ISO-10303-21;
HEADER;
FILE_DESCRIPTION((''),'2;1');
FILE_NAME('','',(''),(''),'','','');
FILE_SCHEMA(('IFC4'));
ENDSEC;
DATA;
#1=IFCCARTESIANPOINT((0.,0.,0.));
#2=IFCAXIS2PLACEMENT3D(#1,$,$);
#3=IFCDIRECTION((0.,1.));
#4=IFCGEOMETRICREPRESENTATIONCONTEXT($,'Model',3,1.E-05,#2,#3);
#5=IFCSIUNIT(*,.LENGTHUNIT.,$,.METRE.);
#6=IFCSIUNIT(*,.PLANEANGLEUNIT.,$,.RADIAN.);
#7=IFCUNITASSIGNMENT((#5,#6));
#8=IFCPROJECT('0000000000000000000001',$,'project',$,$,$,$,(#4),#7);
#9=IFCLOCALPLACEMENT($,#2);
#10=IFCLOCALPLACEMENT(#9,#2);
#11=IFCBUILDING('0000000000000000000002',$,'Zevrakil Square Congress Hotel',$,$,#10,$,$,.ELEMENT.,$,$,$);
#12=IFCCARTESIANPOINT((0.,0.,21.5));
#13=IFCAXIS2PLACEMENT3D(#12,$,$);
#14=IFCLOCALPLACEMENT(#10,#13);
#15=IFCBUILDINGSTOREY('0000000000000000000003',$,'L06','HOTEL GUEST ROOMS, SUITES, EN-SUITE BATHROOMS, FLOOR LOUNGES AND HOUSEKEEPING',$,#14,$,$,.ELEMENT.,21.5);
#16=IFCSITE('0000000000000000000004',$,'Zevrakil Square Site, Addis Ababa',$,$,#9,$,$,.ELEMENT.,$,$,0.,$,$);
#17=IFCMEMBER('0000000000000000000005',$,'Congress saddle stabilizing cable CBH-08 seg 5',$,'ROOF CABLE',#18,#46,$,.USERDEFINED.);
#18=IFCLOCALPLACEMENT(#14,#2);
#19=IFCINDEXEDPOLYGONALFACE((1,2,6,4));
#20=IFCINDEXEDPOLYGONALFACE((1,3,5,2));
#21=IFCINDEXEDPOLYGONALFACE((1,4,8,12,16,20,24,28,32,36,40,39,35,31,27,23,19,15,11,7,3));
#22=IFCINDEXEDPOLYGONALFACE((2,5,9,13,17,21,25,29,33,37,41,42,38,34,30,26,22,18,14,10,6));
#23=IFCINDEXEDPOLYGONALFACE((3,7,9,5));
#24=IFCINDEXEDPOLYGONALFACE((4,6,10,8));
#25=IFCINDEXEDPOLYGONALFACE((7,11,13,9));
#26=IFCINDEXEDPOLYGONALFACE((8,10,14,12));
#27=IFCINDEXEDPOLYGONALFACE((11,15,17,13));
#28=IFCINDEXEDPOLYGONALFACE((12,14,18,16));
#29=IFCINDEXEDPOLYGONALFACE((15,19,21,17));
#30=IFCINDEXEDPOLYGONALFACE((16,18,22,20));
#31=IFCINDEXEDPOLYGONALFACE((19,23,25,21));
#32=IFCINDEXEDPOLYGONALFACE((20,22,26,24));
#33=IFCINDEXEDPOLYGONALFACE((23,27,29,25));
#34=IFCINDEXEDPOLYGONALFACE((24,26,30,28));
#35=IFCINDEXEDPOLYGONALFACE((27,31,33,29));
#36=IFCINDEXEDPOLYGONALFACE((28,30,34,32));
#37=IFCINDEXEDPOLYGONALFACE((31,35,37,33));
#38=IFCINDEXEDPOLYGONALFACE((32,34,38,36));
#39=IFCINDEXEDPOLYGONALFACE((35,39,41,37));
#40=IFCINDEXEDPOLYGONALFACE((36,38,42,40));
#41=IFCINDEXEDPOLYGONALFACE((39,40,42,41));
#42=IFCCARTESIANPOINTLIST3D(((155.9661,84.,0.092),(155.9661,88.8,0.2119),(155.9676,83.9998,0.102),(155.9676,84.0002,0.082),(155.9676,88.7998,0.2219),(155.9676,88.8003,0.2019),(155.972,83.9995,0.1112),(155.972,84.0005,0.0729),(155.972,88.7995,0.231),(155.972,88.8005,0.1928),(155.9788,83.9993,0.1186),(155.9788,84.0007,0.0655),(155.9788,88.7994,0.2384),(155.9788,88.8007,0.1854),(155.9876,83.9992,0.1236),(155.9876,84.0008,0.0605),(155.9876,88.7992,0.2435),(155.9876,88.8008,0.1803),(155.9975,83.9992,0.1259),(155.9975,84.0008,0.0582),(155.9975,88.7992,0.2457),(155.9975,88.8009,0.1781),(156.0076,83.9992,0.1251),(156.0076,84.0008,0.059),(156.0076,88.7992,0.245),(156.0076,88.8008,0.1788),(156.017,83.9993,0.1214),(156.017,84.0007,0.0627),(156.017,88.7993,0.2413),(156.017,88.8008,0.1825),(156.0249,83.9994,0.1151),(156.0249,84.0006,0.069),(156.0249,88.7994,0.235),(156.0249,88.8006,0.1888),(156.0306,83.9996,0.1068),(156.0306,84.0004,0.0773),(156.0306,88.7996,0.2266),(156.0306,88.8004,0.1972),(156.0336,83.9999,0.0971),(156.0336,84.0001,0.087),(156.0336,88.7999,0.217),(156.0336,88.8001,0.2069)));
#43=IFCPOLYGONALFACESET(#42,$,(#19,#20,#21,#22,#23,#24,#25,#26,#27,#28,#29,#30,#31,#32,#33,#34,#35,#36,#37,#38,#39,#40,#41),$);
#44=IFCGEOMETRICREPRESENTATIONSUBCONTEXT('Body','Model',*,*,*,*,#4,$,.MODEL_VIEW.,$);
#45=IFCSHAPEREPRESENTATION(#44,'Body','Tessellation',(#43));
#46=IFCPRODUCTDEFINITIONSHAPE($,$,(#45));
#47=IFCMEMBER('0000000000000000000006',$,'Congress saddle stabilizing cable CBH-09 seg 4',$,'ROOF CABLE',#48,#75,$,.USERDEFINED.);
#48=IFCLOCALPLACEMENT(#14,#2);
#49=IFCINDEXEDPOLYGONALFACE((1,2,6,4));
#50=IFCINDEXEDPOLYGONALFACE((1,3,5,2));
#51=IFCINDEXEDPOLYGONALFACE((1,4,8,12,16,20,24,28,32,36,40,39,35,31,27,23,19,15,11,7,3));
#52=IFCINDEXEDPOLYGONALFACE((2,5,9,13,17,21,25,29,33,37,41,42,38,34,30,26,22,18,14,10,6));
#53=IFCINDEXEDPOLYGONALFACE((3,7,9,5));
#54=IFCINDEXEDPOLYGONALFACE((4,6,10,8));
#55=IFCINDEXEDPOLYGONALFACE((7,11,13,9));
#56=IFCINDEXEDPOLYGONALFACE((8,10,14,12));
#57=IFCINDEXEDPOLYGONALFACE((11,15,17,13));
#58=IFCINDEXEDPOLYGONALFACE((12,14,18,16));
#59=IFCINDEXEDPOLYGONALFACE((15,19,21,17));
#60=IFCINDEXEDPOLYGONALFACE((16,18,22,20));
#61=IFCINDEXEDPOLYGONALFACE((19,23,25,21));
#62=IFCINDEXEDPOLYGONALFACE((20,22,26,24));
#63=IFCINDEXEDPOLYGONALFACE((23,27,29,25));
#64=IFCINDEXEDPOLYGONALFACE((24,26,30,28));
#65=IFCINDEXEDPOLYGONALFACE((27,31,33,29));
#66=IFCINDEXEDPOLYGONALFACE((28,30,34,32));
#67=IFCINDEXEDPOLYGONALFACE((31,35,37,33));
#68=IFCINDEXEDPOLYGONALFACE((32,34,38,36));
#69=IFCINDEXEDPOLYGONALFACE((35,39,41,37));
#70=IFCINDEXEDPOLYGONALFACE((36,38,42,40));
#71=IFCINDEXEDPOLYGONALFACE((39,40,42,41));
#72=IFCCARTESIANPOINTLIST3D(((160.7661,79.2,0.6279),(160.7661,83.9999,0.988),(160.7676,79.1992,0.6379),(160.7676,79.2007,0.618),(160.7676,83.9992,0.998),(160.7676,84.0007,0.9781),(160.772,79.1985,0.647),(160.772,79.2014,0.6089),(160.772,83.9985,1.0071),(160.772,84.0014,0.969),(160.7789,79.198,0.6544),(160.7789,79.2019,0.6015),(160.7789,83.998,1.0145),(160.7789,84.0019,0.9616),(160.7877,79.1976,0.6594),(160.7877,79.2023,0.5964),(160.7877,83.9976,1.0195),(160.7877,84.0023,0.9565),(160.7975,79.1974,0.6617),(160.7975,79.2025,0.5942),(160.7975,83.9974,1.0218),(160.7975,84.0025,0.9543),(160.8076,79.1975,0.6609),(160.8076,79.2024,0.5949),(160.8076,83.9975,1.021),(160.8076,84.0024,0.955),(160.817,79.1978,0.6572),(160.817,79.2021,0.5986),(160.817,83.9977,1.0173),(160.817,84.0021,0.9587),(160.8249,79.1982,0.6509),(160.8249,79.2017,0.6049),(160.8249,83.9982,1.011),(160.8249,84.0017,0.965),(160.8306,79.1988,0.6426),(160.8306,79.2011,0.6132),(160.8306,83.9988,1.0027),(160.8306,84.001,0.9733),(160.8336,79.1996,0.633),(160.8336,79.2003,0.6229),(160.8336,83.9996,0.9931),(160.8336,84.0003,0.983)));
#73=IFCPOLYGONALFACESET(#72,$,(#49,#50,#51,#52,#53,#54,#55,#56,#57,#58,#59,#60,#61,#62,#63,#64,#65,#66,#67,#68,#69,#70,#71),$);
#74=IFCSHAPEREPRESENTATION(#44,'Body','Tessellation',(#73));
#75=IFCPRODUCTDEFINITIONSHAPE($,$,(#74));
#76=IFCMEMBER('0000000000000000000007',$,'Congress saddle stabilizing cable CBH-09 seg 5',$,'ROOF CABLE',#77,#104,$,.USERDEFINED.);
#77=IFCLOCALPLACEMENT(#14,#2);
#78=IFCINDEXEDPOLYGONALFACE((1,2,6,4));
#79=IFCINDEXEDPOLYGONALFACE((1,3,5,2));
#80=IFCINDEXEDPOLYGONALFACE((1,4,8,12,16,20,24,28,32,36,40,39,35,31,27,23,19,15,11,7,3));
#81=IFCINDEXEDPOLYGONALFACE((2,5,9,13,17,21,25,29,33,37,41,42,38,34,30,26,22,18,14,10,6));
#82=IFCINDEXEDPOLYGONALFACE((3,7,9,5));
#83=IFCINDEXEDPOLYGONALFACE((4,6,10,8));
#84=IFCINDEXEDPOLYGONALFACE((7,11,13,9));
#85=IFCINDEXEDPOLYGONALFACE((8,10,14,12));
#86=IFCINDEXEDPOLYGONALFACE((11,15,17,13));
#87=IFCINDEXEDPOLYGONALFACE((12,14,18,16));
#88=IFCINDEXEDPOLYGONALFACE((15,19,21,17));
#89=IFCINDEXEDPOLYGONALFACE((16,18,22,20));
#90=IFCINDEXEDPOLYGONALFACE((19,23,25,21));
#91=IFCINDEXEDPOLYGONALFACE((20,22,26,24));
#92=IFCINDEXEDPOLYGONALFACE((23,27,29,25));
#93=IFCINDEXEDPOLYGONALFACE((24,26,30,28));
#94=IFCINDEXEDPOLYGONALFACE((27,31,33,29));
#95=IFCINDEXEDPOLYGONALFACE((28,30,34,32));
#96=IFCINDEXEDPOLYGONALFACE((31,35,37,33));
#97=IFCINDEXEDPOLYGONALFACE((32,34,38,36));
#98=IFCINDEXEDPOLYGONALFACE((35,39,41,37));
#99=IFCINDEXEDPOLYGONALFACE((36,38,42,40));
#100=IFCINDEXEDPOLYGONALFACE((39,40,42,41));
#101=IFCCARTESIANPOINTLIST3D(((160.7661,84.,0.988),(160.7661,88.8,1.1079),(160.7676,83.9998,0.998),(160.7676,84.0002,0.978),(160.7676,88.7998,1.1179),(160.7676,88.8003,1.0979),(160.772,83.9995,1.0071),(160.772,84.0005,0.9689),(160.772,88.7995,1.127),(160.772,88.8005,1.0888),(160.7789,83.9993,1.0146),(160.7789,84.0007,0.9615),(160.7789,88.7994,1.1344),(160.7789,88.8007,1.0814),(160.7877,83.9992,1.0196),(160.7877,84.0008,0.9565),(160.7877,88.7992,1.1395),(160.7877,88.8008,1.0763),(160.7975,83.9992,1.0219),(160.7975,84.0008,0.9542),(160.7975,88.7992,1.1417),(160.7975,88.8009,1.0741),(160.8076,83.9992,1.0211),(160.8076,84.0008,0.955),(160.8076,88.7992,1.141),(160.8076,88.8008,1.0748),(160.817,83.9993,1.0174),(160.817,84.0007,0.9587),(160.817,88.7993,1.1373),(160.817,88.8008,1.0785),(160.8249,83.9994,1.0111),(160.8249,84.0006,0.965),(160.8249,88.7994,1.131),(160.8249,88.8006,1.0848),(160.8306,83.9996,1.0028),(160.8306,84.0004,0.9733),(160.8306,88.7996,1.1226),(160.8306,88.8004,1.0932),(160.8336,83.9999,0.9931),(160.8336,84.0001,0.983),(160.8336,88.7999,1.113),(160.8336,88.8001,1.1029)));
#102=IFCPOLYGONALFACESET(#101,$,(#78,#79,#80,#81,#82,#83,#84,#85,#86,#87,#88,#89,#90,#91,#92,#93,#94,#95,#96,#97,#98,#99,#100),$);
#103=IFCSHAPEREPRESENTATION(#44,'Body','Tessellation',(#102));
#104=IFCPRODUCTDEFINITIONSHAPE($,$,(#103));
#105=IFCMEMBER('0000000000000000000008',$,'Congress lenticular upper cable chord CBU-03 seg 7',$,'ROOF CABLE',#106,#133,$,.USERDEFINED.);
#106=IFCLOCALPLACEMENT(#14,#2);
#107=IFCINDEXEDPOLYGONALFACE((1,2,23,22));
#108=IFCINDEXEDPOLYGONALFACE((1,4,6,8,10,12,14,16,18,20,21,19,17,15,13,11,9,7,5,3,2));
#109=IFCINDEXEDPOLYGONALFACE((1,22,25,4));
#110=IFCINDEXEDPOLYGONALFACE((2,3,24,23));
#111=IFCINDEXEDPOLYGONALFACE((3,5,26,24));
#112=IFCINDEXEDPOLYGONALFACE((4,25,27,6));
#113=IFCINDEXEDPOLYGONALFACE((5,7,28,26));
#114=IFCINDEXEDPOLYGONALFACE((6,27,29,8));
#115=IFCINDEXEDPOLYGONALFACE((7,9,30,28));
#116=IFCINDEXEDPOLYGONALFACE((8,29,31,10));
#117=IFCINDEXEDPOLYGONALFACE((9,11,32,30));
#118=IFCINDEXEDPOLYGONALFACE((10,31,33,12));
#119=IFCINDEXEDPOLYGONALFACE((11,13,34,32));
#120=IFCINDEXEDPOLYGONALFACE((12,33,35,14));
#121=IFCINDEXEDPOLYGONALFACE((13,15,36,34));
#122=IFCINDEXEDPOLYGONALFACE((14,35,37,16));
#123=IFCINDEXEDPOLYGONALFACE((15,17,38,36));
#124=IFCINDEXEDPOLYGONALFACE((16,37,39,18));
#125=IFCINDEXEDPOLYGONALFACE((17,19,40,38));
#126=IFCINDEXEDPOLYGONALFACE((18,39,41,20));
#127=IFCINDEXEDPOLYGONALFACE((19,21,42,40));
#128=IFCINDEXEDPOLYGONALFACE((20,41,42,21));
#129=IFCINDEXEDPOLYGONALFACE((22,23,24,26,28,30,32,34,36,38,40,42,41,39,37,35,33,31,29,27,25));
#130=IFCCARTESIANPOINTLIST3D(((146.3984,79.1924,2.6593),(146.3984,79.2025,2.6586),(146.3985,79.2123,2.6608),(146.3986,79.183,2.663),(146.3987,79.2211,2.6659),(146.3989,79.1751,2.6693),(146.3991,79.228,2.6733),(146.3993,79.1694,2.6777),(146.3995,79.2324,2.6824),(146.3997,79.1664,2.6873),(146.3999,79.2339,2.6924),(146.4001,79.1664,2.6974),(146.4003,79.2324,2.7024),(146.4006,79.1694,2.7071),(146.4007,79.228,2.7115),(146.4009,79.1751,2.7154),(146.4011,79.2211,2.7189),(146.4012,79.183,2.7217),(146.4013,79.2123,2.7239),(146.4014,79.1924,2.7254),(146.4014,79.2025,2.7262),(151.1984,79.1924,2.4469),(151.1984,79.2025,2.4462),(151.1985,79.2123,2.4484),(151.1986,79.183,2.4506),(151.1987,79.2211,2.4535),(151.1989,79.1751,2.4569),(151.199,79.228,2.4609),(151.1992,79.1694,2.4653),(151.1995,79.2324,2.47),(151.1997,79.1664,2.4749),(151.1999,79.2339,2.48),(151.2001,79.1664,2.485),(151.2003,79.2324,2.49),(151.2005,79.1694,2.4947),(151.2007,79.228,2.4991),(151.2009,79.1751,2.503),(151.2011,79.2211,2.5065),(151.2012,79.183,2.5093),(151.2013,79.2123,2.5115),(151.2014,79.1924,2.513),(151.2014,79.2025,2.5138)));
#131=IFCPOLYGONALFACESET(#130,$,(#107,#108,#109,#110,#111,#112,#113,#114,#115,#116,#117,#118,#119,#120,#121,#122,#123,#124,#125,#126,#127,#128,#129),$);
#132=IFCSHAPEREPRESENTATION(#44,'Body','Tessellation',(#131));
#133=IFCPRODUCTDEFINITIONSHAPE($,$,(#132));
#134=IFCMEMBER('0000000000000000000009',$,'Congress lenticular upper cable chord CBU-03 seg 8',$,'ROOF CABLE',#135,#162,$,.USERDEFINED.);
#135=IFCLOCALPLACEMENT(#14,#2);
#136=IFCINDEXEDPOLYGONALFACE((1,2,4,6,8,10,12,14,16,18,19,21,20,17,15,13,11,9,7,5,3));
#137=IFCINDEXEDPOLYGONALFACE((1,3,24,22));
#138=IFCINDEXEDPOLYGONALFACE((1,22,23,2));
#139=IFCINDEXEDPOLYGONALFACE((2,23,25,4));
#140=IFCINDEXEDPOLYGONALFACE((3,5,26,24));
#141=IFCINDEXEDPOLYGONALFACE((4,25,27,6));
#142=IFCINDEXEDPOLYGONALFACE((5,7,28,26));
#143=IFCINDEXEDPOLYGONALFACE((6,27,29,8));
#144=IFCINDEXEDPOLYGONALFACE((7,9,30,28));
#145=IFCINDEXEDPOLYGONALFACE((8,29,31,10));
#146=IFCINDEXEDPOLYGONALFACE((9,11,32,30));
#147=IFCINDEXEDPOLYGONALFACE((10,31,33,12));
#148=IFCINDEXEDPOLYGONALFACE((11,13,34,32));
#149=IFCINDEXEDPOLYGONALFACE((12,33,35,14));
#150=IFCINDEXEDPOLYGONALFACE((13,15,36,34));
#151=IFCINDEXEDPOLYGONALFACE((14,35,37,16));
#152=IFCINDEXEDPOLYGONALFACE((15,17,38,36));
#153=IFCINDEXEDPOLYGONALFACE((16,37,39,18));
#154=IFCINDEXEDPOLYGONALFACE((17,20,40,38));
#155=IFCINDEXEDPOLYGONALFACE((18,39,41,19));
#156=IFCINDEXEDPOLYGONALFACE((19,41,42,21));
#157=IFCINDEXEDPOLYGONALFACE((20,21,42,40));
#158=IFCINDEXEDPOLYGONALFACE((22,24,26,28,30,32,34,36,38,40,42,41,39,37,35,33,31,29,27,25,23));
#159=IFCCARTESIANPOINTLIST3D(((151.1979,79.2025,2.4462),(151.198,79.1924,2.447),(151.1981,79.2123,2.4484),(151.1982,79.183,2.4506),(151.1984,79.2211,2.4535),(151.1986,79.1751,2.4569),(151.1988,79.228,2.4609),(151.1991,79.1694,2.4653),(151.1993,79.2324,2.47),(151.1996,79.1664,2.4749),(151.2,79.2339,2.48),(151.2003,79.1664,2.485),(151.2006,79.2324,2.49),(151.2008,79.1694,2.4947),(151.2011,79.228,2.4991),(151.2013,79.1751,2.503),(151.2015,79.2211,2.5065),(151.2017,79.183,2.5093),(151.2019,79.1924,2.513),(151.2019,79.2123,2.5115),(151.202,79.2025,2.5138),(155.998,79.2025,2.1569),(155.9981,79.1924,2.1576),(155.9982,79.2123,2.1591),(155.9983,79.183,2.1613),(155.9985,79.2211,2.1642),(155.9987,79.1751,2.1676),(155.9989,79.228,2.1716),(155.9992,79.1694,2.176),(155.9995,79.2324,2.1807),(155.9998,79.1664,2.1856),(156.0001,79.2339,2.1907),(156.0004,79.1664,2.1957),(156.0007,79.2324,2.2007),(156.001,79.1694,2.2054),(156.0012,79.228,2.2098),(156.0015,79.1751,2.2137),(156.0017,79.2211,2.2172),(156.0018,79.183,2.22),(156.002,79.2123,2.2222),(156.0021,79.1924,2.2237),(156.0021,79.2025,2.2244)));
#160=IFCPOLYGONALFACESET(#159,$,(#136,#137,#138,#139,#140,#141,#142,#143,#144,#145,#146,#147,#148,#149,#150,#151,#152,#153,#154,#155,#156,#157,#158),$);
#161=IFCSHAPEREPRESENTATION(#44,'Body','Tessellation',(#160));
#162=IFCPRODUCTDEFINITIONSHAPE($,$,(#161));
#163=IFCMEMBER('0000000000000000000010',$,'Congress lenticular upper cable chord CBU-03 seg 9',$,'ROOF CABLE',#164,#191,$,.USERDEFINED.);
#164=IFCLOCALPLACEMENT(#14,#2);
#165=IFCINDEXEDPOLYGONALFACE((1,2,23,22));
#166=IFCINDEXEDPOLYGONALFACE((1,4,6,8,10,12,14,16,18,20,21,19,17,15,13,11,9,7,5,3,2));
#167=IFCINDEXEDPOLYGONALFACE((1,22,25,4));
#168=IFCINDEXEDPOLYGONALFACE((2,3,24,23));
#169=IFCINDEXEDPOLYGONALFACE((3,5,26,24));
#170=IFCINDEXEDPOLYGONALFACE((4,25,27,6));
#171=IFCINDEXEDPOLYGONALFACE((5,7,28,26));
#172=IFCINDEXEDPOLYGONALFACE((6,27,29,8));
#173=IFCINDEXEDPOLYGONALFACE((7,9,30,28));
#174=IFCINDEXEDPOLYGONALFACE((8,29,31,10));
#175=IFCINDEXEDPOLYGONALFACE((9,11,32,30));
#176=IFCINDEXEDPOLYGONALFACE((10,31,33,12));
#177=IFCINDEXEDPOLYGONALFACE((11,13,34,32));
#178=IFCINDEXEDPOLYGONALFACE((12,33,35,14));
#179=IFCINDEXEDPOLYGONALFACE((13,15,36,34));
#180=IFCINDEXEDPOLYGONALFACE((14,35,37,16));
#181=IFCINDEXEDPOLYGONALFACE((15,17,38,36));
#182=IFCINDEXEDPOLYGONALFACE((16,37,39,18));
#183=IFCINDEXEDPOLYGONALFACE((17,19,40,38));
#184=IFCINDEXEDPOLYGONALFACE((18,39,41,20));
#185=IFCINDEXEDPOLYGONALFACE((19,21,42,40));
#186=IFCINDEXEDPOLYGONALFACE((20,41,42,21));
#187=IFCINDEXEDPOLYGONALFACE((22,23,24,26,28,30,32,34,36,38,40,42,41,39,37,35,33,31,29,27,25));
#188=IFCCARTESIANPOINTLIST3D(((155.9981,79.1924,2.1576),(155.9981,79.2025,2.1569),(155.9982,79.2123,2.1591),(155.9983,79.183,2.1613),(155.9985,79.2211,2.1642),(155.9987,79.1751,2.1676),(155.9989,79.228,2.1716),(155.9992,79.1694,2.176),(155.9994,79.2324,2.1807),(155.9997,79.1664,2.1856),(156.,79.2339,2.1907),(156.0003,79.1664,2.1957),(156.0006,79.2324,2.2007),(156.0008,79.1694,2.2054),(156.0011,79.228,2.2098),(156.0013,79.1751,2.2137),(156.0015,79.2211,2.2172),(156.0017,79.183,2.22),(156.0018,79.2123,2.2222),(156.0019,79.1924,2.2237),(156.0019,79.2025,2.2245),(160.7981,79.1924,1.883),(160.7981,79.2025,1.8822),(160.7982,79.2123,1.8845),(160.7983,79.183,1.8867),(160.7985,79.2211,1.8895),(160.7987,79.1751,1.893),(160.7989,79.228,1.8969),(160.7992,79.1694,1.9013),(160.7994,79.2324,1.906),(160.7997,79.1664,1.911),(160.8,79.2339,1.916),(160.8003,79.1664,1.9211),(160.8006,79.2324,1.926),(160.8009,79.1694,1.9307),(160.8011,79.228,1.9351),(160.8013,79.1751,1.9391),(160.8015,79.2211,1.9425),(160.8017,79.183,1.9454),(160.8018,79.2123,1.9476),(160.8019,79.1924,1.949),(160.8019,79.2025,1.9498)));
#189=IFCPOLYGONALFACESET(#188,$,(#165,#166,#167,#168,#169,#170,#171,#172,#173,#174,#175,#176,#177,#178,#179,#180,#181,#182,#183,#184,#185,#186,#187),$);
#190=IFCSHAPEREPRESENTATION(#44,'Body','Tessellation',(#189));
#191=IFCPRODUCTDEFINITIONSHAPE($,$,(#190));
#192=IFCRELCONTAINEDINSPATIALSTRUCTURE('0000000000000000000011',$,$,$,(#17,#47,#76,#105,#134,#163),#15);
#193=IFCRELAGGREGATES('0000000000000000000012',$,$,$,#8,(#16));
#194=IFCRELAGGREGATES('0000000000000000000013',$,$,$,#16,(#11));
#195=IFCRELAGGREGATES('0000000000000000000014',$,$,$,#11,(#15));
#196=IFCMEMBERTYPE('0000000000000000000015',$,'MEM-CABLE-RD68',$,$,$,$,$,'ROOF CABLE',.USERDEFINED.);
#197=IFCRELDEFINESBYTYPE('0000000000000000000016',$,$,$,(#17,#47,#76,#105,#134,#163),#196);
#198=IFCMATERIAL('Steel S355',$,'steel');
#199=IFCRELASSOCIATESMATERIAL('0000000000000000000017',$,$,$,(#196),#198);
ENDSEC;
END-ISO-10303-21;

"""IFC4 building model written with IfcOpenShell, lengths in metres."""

from ifc_helpers import new_model, si_unit, direction, frame, origin, origin_2d, place, context, subcontext, project, spatial, circle, extrude, material, material_profile, profile_set, type_object, element, save


model = new_model("IFC4")

# Units and contexts
model_context = context("Model", 3, precision=1e-05, world=origin(), true_north=direction((0.0, 1.0)))
body_context = subcontext(model_context, "Body", "Model", "MODEL_VIEW")
ifc_project = project(units=[si_unit("LENGTHUNIT", "METRE"), si_unit("PLANEANGLEUNIT", "RADIAN")], contexts=[model_context])

# Site, building, storey
site_placement = place(None, origin())
site = spatial("IfcSite", under=ifc_project, at=site_placement, Name="Zevrakil Square Site, Addis Ababa", CompositionType="ELEMENT", RefElevation=0.0)
building_placement = place(site_placement, origin())
building = spatial("IfcBuilding", under=site, at=building_placement, Name="Zevrakil Square Congress Hotel", CompositionType="ELEMENT")
storey_placement = place(building_placement, frame((0.0, 0.0, 21.5)))
storey = spatial("IfcBuildingStorey", under=building, at=storey_placement, Name="L06", Description="HOTEL GUEST ROOMS, SUITES, EN-SUITE BATHROOMS, FLOOR LOUNGES AND HOUSEKEEPING", CompositionType="ELEMENT", Elevation=21.5)

# Members
ifc_material_1 = material(Name="Steel S355", Category="steel")
ifc_material_profile_1 = material_profile(ifc_material_1, circle(Radius=0.0339, at=origin_2d()), Name="CABLE RD68")
ifc_profile_set_1 = profile_set([ifc_material_profile_1], Name="Steel S355")
member_type_1 = type_object("IfcMemberType", Name="MEM-CABLE-RD68", ElementType="ROOF CABLE", PredefinedType="USERDEFINED", material=ifc_profile_set_1)
member_1_placement = place(storey_placement, frame((156.0, 84.0, 0.092), z_axis=(0.0, 0.999688, 0.024966), x_axis=(-1.0, 0.0, 0.0)))
element("IfcMember", 1, at=member_1_placement, inside=storey, type_object=member_type_1, Name="Congress saddle stabilizing cable CBH-08 seg 5", ObjectType="ROOF CABLE", PredefinedType="USERDEFINED", context=body_context, shape_type="SweptSolid", body=[
    extrude(circle(Radius=0.0339, at=origin_2d()), origin(), (0.0, 0.0, 1.0), 4.8015),
])
member_2_placement = place(storey_placement, frame((160.8, 79.2, 0.6279), z_axis=(0.0, 0.997198, 0.074811), x_axis=(-1.0, 0.0, 0.0)))
element("IfcMember", 2, at=member_2_placement, inside=storey, type_object=member_type_1, Name="Congress saddle stabilizing cable CBH-09 seg 4", ObjectType="ROOF CABLE", PredefinedType="USERDEFINED", context=body_context, shape_type="SweptSolid", body=[
    extrude(circle(Radius=0.0339, at=origin_2d()), origin(), (0.0, 0.0, 1.0), 4.8135),
])
member_3_placement = place(storey_placement, frame((160.8, 84.0, 0.988), z_axis=(0.0, 0.999688, 0.024966), x_axis=(-1.0, 0.0, 0.0)))
element("IfcMember", 3, at=member_3_placement, inside=storey, type_object=member_type_1, Name="Congress saddle stabilizing cable CBH-09 seg 5", ObjectType="ROOF CABLE", PredefinedType="USERDEFINED", context=body_context, shape_type="SweptSolid", body=[
    extrude(circle(Radius=0.0339, at=origin_2d()), origin(), (0.0, 0.0, 1.0), 4.8015),
])
member_4_placement = place(storey_placement, frame((146.3999, 79.2, 2.6924), z_axis=(0.999022, 0.0, -0.044207), x_axis=(0.0, 1.0, 0.0)))
element("IfcMember", 4, at=member_4_placement, inside=storey, type_object=member_type_1, Name="Congress lenticular upper cable chord CBU-03 seg 7", ObjectType="ROOF CABLE", PredefinedType="USERDEFINED", context=body_context, shape_type="SweptSolid", body=[
    extrude(circle(Radius=0.0339, at=origin_2d()), origin(), (0.0, 0.0, 1.0), 4.8047),
])
member_5_placement = place(storey_placement, frame((151.2, 79.2, 2.48), z_axis=(0.998189, 0.0, -0.060162), x_axis=(0.0, 1.0, 0.0)))
element("IfcMember", 5, at=member_5_placement, inside=storey, type_object=member_type_1, Name="Congress lenticular upper cable chord CBU-03 seg 8", ObjectType="ROOF CABLE", PredefinedType="USERDEFINED", context=body_context, shape_type="SweptSolid", body=[
    extrude(circle(Radius=0.0339, at=origin_2d()), origin(), (0.0, 0.0, 1.0), 4.8088),
])
member_6_placement = place(storey_placement, frame((156.0, 79.2, 2.1907), z_axis=(0.998367, 0.0, -0.057126), x_axis=(0.0, 1.0, 0.0)))
element("IfcMember", 6, at=member_6_placement, inside=storey, type_object=member_type_1, Name="Congress lenticular upper cable chord CBU-03 seg 9", ObjectType="ROOF CABLE", PredefinedType="USERDEFINED", context=body_context, shape_type="SweptSolid", body=[
    extrude(circle(Radius=0.0339, at=origin_2d()), origin(), (0.0, 0.0, 1.0), 4.8079),
])

save(model, "model.ifc")
